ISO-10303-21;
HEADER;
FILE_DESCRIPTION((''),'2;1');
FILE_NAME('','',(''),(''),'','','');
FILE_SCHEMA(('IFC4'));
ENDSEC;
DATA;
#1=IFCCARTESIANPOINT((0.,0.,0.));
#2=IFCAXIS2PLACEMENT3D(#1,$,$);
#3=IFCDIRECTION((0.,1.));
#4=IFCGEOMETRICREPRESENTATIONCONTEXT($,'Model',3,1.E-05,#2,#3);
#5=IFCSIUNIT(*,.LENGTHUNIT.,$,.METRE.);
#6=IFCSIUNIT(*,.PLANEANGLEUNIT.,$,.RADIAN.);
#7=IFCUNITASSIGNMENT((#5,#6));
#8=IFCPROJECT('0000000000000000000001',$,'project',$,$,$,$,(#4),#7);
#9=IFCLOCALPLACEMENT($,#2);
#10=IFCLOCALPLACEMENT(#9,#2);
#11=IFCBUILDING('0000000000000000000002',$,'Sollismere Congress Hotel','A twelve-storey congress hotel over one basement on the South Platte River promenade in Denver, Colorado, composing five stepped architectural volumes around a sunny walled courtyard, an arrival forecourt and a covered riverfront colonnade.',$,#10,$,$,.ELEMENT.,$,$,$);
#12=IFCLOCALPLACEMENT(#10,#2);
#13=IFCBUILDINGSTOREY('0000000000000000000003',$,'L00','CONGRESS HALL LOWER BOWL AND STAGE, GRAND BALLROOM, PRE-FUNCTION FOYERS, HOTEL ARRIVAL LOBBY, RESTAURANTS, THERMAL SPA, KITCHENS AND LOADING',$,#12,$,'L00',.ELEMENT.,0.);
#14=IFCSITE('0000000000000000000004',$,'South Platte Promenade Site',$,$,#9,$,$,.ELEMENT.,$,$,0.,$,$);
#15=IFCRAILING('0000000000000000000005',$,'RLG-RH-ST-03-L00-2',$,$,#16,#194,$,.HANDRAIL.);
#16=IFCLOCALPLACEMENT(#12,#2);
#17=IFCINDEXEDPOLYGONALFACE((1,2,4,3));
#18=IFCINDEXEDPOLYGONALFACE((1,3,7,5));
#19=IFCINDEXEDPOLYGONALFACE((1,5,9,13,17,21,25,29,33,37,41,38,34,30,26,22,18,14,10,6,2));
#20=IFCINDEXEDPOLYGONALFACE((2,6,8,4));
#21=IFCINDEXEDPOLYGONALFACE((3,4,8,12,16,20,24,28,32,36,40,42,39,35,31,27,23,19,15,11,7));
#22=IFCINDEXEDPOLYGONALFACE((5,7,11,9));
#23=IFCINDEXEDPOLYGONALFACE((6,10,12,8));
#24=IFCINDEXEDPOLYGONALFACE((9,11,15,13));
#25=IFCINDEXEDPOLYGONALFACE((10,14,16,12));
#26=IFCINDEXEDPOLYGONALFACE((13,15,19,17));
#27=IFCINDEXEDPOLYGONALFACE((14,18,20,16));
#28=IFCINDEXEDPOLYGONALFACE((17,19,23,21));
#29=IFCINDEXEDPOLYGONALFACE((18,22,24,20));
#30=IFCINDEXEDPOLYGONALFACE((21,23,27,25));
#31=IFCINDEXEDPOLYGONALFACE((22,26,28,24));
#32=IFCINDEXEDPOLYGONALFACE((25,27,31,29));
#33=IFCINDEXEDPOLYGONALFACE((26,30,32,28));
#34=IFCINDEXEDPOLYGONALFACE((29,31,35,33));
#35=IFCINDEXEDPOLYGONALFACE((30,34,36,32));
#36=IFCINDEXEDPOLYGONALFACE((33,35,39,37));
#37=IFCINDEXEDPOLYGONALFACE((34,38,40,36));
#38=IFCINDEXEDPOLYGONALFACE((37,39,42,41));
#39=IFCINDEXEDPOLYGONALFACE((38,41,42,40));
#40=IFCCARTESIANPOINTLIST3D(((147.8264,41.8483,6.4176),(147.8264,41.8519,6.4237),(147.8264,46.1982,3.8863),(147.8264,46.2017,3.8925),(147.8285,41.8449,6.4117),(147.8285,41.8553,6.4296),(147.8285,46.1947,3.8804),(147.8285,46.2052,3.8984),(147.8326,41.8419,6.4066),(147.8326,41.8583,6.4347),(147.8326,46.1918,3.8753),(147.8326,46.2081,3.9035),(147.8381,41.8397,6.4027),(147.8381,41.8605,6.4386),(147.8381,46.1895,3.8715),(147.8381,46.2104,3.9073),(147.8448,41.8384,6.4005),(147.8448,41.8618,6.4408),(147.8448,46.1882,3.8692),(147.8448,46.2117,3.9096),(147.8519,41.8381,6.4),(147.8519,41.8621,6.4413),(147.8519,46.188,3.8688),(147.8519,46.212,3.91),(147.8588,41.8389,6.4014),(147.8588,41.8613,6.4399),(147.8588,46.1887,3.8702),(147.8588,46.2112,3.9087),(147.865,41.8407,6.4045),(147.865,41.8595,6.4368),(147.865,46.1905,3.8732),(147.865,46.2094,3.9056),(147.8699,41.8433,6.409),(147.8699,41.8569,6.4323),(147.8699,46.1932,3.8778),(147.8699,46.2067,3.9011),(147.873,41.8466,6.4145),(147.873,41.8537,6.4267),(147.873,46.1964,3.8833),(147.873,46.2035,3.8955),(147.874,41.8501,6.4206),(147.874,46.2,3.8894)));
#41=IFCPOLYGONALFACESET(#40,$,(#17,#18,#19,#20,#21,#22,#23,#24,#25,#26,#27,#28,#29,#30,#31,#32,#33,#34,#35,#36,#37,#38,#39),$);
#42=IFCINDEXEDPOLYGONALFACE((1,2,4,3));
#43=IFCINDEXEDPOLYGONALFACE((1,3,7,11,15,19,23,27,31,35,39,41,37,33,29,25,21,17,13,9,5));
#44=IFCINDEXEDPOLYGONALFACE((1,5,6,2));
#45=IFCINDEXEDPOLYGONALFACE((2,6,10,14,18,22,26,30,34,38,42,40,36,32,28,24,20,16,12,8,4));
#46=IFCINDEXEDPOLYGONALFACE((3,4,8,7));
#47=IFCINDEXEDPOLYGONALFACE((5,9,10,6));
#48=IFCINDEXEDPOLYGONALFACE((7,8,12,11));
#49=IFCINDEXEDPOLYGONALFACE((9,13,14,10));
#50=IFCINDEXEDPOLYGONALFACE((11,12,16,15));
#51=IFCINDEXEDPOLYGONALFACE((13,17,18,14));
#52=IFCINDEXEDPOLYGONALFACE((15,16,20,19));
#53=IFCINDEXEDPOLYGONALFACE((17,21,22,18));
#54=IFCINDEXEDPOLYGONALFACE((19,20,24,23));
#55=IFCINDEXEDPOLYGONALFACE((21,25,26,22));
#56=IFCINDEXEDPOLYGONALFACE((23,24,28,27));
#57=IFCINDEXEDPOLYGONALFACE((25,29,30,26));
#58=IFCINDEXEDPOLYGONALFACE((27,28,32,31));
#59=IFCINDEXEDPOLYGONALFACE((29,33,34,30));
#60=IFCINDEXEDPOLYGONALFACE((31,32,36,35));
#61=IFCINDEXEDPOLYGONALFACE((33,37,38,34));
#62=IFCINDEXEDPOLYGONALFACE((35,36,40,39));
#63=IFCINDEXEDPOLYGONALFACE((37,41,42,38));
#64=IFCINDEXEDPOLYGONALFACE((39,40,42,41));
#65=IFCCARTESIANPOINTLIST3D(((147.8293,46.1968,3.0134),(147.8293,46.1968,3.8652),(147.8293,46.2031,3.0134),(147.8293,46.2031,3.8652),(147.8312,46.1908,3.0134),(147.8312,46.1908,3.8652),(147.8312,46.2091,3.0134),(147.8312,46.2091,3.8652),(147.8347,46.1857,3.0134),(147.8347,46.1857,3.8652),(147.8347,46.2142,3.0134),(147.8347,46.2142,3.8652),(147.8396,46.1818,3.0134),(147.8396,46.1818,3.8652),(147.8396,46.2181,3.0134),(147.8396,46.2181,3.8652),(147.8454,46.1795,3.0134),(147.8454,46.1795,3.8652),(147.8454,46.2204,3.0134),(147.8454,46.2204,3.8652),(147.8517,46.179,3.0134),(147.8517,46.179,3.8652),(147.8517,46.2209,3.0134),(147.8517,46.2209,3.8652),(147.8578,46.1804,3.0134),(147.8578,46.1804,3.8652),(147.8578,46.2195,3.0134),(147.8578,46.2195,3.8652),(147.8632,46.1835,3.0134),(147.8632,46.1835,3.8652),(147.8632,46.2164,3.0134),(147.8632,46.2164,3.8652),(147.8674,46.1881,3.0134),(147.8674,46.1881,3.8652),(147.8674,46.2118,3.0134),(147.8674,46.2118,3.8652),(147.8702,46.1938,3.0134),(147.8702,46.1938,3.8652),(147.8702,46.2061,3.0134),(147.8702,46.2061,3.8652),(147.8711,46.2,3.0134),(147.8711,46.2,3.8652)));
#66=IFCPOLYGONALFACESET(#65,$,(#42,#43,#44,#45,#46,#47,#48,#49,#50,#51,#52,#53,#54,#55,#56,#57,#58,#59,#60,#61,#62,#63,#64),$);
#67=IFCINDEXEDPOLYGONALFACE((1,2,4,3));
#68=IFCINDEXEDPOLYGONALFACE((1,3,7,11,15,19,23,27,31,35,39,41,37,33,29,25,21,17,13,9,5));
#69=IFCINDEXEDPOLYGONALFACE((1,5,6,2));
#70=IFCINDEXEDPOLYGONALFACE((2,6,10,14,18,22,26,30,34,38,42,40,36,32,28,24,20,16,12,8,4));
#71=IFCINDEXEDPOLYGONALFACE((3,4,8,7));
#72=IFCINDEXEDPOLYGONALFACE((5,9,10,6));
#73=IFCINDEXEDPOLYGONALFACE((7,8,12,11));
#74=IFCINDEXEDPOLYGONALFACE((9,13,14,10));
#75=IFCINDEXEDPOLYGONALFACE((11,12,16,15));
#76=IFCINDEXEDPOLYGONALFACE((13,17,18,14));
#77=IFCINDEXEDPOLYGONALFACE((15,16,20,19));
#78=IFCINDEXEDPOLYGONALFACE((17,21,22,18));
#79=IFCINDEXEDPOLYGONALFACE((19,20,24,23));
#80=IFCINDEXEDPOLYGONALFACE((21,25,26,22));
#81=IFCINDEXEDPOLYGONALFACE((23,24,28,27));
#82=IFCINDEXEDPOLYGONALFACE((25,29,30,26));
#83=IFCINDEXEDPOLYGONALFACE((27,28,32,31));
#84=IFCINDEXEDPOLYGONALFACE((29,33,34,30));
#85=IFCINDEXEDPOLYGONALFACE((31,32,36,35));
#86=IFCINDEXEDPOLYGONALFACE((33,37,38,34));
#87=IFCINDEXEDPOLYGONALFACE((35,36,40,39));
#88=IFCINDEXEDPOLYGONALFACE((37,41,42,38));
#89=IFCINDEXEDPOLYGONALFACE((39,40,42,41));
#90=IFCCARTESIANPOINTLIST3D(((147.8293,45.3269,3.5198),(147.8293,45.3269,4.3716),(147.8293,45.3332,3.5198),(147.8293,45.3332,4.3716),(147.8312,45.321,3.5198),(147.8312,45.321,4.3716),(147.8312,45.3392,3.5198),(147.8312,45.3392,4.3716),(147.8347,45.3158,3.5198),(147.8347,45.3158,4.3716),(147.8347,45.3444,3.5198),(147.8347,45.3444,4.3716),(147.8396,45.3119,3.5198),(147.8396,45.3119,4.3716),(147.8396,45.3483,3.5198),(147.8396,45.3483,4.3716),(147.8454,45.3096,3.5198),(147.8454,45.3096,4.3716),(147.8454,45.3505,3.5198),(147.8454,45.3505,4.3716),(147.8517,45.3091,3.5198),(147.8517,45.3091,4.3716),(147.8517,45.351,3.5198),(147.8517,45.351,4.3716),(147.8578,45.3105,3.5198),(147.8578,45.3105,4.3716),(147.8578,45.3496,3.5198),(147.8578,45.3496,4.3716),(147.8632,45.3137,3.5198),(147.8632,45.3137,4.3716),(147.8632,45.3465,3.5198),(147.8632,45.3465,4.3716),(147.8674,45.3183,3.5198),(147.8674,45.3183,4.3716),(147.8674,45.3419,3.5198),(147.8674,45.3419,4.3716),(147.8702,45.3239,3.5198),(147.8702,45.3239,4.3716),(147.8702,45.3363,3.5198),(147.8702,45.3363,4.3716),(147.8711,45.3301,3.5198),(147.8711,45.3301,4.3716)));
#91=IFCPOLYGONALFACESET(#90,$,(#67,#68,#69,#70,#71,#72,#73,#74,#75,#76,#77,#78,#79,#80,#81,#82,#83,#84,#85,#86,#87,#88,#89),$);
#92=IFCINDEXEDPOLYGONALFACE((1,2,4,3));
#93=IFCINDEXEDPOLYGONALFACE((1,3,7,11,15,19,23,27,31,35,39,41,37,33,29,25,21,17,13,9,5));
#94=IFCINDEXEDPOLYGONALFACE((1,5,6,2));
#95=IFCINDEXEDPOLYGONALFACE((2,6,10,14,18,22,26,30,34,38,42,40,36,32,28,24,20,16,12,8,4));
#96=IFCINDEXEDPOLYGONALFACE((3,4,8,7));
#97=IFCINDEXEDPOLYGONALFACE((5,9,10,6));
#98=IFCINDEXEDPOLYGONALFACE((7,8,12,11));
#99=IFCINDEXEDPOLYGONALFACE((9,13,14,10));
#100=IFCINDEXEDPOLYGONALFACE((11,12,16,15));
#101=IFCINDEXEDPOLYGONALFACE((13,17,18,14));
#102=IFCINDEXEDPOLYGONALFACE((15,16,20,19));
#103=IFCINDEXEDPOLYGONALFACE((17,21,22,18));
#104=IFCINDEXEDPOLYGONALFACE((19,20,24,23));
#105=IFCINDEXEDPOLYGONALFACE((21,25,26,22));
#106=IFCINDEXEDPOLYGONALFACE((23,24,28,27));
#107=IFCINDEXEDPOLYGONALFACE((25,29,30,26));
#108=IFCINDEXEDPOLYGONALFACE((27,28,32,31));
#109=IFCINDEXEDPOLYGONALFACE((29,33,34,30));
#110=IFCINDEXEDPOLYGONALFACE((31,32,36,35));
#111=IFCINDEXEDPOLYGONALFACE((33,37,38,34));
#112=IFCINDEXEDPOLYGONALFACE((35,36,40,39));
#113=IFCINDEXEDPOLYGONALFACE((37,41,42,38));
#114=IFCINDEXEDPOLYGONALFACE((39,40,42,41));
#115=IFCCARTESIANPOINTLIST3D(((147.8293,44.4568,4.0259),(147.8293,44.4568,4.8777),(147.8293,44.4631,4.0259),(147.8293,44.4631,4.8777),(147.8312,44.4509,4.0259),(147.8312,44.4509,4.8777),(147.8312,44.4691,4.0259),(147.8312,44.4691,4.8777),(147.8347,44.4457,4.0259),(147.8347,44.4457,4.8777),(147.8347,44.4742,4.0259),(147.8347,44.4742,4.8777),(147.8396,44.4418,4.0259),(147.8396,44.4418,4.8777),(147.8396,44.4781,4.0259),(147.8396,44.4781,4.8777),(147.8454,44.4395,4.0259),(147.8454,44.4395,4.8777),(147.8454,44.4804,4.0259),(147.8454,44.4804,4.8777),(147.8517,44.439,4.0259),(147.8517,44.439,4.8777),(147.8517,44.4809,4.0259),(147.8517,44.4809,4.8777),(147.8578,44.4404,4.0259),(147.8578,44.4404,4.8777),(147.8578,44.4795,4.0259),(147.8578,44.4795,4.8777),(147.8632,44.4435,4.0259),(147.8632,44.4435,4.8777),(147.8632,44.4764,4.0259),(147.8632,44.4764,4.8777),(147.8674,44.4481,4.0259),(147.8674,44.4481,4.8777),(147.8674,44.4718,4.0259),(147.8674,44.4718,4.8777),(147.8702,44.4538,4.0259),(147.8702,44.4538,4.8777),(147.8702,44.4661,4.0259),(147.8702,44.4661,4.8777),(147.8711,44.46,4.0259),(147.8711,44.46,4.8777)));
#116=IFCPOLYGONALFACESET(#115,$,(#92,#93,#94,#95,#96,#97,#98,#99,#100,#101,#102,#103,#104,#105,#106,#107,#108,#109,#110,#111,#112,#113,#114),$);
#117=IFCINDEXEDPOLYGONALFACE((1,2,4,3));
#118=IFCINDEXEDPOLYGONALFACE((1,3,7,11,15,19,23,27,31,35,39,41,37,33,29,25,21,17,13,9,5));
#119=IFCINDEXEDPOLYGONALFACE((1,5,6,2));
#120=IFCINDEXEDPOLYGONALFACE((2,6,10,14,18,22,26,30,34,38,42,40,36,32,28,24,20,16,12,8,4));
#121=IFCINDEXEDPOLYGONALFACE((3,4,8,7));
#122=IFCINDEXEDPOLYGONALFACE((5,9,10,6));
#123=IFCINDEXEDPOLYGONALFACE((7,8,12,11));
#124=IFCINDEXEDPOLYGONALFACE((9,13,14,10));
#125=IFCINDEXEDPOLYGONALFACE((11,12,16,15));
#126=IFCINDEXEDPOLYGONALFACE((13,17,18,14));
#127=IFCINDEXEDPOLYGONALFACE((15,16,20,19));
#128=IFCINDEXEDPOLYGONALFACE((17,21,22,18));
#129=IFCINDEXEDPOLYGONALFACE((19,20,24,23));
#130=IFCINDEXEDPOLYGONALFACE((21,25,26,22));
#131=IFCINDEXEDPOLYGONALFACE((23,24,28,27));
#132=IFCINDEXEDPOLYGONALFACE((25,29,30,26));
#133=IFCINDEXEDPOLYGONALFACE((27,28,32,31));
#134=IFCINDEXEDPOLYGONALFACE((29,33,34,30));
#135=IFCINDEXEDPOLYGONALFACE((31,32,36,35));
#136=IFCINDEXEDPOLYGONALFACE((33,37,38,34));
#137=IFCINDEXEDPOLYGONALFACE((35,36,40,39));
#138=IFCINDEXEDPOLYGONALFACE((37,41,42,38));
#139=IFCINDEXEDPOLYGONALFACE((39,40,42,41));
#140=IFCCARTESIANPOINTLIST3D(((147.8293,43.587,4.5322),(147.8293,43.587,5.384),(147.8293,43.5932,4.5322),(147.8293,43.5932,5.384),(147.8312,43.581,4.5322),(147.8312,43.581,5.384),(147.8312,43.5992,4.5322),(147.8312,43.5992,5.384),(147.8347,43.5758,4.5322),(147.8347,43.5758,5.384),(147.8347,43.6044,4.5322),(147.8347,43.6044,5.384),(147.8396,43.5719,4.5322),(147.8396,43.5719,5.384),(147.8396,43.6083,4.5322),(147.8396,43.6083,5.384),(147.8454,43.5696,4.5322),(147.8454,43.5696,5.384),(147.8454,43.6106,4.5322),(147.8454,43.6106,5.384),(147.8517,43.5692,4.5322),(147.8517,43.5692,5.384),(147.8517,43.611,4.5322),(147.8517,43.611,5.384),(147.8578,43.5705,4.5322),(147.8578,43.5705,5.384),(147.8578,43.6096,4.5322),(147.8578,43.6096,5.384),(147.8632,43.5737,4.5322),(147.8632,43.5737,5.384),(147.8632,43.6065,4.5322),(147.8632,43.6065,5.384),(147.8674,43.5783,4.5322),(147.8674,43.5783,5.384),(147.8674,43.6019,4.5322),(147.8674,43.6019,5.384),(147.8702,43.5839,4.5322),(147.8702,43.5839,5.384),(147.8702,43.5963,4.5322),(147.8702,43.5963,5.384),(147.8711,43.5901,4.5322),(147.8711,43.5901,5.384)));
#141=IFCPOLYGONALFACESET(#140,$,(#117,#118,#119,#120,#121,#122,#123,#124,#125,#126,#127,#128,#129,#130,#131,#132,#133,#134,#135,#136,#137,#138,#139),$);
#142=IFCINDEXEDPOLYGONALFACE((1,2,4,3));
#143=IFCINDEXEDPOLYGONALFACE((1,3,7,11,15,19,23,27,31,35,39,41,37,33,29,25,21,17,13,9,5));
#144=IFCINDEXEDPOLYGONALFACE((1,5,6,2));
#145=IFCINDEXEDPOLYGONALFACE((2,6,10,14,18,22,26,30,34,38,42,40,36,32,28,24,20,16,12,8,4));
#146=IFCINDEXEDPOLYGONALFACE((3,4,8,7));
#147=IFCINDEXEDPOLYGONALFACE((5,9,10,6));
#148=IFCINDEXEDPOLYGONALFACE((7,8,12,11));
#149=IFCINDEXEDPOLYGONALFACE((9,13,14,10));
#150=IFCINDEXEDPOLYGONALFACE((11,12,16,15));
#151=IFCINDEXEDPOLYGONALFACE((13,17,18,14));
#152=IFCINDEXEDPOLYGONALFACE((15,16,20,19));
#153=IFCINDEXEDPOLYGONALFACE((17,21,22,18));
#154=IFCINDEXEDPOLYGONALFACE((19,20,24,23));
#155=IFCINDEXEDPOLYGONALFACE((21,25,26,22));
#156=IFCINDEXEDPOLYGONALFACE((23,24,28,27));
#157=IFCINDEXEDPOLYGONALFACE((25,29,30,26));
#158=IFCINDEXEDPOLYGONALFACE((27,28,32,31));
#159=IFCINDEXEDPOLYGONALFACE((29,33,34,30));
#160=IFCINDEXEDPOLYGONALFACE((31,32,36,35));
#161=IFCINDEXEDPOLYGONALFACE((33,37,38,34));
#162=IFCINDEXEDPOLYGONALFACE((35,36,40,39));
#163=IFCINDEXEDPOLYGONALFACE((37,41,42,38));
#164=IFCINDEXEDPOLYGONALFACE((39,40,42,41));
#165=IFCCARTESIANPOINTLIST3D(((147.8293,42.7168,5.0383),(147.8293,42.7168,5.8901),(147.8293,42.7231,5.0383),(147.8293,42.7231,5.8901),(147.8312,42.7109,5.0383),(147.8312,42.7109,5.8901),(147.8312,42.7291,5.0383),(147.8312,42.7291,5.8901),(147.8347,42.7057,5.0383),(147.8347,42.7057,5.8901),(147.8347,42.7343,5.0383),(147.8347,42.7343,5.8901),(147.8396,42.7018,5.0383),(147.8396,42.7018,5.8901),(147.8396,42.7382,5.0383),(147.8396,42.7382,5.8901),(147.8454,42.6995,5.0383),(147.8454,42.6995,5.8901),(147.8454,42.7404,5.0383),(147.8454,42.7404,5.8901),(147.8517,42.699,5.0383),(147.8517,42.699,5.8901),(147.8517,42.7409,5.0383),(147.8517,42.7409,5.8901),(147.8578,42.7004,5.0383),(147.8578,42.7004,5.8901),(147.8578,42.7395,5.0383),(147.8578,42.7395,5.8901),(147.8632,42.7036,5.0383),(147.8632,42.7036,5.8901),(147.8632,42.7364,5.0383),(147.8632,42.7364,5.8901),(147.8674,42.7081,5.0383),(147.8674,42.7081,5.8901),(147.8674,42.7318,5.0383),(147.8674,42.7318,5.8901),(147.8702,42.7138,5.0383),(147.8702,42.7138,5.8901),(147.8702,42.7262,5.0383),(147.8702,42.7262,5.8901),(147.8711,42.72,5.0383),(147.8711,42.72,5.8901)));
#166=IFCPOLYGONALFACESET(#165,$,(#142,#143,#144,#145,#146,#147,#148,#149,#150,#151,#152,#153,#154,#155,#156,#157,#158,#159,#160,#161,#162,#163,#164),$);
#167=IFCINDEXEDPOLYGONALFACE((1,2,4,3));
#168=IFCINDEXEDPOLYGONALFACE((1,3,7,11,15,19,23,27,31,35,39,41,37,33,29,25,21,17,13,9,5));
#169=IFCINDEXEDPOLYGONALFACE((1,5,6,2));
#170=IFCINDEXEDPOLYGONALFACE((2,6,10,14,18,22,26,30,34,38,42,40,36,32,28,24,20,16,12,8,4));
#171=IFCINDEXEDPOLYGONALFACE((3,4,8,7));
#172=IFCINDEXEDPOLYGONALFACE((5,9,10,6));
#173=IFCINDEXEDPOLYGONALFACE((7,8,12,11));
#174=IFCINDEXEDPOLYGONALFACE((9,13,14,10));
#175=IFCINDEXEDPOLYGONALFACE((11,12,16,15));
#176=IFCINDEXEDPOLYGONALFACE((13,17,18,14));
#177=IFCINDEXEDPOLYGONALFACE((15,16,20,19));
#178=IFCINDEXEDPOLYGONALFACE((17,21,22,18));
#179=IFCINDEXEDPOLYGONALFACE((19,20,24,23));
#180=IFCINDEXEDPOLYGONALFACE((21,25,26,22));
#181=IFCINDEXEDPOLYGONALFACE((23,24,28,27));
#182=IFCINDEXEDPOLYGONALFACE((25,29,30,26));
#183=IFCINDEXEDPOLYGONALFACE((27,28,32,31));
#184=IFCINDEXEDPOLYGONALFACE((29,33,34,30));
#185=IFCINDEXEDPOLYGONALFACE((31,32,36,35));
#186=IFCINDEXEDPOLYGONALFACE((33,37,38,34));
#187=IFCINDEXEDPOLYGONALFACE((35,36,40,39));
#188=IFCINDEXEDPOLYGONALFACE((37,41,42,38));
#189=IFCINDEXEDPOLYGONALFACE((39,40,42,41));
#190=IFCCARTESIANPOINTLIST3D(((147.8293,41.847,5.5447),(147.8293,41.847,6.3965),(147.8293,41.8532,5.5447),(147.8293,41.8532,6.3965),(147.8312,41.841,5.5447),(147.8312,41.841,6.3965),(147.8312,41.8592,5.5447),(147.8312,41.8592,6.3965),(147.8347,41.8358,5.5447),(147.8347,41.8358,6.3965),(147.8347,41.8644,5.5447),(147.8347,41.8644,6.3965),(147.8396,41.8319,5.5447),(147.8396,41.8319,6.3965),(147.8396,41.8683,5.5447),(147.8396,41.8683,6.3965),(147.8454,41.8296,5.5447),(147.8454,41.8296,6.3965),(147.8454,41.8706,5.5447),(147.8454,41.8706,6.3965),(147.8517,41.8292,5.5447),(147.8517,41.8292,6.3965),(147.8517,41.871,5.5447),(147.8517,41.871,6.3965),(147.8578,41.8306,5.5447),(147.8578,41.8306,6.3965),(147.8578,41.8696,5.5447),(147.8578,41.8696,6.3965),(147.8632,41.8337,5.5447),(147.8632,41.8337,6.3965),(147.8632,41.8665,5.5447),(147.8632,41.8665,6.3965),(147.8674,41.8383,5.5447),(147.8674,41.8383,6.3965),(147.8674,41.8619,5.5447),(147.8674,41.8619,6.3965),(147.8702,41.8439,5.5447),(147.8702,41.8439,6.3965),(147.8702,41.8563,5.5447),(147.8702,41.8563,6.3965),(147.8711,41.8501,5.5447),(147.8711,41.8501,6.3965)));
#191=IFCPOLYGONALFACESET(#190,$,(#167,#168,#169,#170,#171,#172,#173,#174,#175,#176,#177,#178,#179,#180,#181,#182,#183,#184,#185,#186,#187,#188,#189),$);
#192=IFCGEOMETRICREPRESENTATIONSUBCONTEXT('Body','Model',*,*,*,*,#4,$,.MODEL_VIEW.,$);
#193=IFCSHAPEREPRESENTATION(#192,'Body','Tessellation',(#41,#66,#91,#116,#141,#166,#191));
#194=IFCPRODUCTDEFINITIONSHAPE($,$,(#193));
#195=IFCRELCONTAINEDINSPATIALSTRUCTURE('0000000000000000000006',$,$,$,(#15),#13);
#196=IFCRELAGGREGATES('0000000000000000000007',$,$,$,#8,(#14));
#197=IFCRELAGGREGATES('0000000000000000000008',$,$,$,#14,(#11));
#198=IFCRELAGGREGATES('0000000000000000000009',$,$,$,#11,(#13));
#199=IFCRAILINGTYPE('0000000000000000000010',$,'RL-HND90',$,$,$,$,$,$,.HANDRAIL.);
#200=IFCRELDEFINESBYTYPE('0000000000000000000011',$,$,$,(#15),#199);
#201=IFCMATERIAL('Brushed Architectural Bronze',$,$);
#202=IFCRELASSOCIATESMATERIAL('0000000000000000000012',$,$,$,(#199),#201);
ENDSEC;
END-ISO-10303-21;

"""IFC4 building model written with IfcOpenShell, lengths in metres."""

from ifc_helpers import new_model, si_unit, direction, frame, origin, origin_2d, place, context, subcontext, project, spatial, circle, extrude, material, type_object, element, save


model = new_model("IFC4")

# Units and contexts
model_context = context("Model", 3, precision=1e-05, world=origin(), true_north=direction((0.0, 1.0)))
body_context = subcontext(model_context, "Body", "Model", "MODEL_VIEW")
ifc_project = project(units=[si_unit("LENGTHUNIT", "METRE"), si_unit("PLANEANGLEUNIT", "RADIAN")], contexts=[model_context])

# Site, building, storey
site_placement = place(None, origin())
site = spatial("IfcSite", under=ifc_project, at=site_placement, Name="South Platte Promenade Site", CompositionType="ELEMENT", RefElevation=0.0)
building_placement = place(site_placement, origin())
building = spatial("IfcBuilding", under=site, at=building_placement, Name="Sollismere Congress Hotel", Description="A twelve-storey congress hotel over one basement on the South Platte River promenade in Denver, Colorado, composing five stepped architectural volumes around a sunny walled courtyard, an arrival forecourt and a covered riverfront colonnade.", CompositionType="ELEMENT")
storey_placement = place(building_placement, origin())
storey = spatial("IfcBuildingStorey", under=building, at=storey_placement, Name="L00", Description="CONGRESS HALL LOWER BOWL AND STAGE, GRAND BALLROOM, PRE-FUNCTION FOYERS, HOTEL ARRIVAL LOBBY, RESTAURANTS, THERMAL SPA, KITCHENS AND LOADING", LongName="L00", CompositionType="ELEMENT", Elevation=0.0)

# Railing
ifc_material_1 = material(Name="Brushed Architectural Bronze")
railing_type_1 = type_object("IfcRailingType", Name="RL-HND90", PredefinedType="HANDRAIL", material=ifc_material_1)
railing_1_placement = place(storey_placement, frame((147.8501, 46.2, 3.0134)))
element("IfcRailing", 1, at=railing_1_placement, inside=storey, type_object=railing_type_1, Name="RLG-RH-ST-03-L00-2", PredefinedType="HANDRAIL", context=body_context, shape_type="SweptSolid", body=[
    extrude(circle(Radius=0.0239, at=origin_2d()), frame((0.0, 0.0, 0.876), z_axis=(0.0, -0.864312, 0.502957), x_axis=(1.0, 0.0, 0.0)), (0.0, 0.0, 1.0), 5.0327),
    extrude(circle(Radius=0.021, at=origin_2d()), origin(), (0.0, 0.0, 1.0), 0.8518),
    extrude(circle(Radius=0.021, at=origin_2d()), frame((0.0, -0.8699, 0.5063)), (0.0, 0.0, 1.0), 0.8518),
    extrude(circle(Radius=0.021, at=origin_2d()), frame((0.0, -1.74, 1.0125)), (0.0, 0.0, 1.0), 0.8518),
    extrude(circle(Radius=0.021, at=origin_2d()), frame((0.0, -2.6099, 1.5188)), (0.0, 0.0, 1.0), 0.8518),
    extrude(circle(Radius=0.021, at=origin_2d()), frame((0.0, -3.48, 2.0249)), (0.0, 0.0, 1.0), 0.8518),
    extrude(circle(Radius=0.021, at=origin_2d()), frame((0.0, -4.3499, 2.5312)), (0.0, 0.0, 1.0), 0.8518),
])

save(model, "model.ifc")
